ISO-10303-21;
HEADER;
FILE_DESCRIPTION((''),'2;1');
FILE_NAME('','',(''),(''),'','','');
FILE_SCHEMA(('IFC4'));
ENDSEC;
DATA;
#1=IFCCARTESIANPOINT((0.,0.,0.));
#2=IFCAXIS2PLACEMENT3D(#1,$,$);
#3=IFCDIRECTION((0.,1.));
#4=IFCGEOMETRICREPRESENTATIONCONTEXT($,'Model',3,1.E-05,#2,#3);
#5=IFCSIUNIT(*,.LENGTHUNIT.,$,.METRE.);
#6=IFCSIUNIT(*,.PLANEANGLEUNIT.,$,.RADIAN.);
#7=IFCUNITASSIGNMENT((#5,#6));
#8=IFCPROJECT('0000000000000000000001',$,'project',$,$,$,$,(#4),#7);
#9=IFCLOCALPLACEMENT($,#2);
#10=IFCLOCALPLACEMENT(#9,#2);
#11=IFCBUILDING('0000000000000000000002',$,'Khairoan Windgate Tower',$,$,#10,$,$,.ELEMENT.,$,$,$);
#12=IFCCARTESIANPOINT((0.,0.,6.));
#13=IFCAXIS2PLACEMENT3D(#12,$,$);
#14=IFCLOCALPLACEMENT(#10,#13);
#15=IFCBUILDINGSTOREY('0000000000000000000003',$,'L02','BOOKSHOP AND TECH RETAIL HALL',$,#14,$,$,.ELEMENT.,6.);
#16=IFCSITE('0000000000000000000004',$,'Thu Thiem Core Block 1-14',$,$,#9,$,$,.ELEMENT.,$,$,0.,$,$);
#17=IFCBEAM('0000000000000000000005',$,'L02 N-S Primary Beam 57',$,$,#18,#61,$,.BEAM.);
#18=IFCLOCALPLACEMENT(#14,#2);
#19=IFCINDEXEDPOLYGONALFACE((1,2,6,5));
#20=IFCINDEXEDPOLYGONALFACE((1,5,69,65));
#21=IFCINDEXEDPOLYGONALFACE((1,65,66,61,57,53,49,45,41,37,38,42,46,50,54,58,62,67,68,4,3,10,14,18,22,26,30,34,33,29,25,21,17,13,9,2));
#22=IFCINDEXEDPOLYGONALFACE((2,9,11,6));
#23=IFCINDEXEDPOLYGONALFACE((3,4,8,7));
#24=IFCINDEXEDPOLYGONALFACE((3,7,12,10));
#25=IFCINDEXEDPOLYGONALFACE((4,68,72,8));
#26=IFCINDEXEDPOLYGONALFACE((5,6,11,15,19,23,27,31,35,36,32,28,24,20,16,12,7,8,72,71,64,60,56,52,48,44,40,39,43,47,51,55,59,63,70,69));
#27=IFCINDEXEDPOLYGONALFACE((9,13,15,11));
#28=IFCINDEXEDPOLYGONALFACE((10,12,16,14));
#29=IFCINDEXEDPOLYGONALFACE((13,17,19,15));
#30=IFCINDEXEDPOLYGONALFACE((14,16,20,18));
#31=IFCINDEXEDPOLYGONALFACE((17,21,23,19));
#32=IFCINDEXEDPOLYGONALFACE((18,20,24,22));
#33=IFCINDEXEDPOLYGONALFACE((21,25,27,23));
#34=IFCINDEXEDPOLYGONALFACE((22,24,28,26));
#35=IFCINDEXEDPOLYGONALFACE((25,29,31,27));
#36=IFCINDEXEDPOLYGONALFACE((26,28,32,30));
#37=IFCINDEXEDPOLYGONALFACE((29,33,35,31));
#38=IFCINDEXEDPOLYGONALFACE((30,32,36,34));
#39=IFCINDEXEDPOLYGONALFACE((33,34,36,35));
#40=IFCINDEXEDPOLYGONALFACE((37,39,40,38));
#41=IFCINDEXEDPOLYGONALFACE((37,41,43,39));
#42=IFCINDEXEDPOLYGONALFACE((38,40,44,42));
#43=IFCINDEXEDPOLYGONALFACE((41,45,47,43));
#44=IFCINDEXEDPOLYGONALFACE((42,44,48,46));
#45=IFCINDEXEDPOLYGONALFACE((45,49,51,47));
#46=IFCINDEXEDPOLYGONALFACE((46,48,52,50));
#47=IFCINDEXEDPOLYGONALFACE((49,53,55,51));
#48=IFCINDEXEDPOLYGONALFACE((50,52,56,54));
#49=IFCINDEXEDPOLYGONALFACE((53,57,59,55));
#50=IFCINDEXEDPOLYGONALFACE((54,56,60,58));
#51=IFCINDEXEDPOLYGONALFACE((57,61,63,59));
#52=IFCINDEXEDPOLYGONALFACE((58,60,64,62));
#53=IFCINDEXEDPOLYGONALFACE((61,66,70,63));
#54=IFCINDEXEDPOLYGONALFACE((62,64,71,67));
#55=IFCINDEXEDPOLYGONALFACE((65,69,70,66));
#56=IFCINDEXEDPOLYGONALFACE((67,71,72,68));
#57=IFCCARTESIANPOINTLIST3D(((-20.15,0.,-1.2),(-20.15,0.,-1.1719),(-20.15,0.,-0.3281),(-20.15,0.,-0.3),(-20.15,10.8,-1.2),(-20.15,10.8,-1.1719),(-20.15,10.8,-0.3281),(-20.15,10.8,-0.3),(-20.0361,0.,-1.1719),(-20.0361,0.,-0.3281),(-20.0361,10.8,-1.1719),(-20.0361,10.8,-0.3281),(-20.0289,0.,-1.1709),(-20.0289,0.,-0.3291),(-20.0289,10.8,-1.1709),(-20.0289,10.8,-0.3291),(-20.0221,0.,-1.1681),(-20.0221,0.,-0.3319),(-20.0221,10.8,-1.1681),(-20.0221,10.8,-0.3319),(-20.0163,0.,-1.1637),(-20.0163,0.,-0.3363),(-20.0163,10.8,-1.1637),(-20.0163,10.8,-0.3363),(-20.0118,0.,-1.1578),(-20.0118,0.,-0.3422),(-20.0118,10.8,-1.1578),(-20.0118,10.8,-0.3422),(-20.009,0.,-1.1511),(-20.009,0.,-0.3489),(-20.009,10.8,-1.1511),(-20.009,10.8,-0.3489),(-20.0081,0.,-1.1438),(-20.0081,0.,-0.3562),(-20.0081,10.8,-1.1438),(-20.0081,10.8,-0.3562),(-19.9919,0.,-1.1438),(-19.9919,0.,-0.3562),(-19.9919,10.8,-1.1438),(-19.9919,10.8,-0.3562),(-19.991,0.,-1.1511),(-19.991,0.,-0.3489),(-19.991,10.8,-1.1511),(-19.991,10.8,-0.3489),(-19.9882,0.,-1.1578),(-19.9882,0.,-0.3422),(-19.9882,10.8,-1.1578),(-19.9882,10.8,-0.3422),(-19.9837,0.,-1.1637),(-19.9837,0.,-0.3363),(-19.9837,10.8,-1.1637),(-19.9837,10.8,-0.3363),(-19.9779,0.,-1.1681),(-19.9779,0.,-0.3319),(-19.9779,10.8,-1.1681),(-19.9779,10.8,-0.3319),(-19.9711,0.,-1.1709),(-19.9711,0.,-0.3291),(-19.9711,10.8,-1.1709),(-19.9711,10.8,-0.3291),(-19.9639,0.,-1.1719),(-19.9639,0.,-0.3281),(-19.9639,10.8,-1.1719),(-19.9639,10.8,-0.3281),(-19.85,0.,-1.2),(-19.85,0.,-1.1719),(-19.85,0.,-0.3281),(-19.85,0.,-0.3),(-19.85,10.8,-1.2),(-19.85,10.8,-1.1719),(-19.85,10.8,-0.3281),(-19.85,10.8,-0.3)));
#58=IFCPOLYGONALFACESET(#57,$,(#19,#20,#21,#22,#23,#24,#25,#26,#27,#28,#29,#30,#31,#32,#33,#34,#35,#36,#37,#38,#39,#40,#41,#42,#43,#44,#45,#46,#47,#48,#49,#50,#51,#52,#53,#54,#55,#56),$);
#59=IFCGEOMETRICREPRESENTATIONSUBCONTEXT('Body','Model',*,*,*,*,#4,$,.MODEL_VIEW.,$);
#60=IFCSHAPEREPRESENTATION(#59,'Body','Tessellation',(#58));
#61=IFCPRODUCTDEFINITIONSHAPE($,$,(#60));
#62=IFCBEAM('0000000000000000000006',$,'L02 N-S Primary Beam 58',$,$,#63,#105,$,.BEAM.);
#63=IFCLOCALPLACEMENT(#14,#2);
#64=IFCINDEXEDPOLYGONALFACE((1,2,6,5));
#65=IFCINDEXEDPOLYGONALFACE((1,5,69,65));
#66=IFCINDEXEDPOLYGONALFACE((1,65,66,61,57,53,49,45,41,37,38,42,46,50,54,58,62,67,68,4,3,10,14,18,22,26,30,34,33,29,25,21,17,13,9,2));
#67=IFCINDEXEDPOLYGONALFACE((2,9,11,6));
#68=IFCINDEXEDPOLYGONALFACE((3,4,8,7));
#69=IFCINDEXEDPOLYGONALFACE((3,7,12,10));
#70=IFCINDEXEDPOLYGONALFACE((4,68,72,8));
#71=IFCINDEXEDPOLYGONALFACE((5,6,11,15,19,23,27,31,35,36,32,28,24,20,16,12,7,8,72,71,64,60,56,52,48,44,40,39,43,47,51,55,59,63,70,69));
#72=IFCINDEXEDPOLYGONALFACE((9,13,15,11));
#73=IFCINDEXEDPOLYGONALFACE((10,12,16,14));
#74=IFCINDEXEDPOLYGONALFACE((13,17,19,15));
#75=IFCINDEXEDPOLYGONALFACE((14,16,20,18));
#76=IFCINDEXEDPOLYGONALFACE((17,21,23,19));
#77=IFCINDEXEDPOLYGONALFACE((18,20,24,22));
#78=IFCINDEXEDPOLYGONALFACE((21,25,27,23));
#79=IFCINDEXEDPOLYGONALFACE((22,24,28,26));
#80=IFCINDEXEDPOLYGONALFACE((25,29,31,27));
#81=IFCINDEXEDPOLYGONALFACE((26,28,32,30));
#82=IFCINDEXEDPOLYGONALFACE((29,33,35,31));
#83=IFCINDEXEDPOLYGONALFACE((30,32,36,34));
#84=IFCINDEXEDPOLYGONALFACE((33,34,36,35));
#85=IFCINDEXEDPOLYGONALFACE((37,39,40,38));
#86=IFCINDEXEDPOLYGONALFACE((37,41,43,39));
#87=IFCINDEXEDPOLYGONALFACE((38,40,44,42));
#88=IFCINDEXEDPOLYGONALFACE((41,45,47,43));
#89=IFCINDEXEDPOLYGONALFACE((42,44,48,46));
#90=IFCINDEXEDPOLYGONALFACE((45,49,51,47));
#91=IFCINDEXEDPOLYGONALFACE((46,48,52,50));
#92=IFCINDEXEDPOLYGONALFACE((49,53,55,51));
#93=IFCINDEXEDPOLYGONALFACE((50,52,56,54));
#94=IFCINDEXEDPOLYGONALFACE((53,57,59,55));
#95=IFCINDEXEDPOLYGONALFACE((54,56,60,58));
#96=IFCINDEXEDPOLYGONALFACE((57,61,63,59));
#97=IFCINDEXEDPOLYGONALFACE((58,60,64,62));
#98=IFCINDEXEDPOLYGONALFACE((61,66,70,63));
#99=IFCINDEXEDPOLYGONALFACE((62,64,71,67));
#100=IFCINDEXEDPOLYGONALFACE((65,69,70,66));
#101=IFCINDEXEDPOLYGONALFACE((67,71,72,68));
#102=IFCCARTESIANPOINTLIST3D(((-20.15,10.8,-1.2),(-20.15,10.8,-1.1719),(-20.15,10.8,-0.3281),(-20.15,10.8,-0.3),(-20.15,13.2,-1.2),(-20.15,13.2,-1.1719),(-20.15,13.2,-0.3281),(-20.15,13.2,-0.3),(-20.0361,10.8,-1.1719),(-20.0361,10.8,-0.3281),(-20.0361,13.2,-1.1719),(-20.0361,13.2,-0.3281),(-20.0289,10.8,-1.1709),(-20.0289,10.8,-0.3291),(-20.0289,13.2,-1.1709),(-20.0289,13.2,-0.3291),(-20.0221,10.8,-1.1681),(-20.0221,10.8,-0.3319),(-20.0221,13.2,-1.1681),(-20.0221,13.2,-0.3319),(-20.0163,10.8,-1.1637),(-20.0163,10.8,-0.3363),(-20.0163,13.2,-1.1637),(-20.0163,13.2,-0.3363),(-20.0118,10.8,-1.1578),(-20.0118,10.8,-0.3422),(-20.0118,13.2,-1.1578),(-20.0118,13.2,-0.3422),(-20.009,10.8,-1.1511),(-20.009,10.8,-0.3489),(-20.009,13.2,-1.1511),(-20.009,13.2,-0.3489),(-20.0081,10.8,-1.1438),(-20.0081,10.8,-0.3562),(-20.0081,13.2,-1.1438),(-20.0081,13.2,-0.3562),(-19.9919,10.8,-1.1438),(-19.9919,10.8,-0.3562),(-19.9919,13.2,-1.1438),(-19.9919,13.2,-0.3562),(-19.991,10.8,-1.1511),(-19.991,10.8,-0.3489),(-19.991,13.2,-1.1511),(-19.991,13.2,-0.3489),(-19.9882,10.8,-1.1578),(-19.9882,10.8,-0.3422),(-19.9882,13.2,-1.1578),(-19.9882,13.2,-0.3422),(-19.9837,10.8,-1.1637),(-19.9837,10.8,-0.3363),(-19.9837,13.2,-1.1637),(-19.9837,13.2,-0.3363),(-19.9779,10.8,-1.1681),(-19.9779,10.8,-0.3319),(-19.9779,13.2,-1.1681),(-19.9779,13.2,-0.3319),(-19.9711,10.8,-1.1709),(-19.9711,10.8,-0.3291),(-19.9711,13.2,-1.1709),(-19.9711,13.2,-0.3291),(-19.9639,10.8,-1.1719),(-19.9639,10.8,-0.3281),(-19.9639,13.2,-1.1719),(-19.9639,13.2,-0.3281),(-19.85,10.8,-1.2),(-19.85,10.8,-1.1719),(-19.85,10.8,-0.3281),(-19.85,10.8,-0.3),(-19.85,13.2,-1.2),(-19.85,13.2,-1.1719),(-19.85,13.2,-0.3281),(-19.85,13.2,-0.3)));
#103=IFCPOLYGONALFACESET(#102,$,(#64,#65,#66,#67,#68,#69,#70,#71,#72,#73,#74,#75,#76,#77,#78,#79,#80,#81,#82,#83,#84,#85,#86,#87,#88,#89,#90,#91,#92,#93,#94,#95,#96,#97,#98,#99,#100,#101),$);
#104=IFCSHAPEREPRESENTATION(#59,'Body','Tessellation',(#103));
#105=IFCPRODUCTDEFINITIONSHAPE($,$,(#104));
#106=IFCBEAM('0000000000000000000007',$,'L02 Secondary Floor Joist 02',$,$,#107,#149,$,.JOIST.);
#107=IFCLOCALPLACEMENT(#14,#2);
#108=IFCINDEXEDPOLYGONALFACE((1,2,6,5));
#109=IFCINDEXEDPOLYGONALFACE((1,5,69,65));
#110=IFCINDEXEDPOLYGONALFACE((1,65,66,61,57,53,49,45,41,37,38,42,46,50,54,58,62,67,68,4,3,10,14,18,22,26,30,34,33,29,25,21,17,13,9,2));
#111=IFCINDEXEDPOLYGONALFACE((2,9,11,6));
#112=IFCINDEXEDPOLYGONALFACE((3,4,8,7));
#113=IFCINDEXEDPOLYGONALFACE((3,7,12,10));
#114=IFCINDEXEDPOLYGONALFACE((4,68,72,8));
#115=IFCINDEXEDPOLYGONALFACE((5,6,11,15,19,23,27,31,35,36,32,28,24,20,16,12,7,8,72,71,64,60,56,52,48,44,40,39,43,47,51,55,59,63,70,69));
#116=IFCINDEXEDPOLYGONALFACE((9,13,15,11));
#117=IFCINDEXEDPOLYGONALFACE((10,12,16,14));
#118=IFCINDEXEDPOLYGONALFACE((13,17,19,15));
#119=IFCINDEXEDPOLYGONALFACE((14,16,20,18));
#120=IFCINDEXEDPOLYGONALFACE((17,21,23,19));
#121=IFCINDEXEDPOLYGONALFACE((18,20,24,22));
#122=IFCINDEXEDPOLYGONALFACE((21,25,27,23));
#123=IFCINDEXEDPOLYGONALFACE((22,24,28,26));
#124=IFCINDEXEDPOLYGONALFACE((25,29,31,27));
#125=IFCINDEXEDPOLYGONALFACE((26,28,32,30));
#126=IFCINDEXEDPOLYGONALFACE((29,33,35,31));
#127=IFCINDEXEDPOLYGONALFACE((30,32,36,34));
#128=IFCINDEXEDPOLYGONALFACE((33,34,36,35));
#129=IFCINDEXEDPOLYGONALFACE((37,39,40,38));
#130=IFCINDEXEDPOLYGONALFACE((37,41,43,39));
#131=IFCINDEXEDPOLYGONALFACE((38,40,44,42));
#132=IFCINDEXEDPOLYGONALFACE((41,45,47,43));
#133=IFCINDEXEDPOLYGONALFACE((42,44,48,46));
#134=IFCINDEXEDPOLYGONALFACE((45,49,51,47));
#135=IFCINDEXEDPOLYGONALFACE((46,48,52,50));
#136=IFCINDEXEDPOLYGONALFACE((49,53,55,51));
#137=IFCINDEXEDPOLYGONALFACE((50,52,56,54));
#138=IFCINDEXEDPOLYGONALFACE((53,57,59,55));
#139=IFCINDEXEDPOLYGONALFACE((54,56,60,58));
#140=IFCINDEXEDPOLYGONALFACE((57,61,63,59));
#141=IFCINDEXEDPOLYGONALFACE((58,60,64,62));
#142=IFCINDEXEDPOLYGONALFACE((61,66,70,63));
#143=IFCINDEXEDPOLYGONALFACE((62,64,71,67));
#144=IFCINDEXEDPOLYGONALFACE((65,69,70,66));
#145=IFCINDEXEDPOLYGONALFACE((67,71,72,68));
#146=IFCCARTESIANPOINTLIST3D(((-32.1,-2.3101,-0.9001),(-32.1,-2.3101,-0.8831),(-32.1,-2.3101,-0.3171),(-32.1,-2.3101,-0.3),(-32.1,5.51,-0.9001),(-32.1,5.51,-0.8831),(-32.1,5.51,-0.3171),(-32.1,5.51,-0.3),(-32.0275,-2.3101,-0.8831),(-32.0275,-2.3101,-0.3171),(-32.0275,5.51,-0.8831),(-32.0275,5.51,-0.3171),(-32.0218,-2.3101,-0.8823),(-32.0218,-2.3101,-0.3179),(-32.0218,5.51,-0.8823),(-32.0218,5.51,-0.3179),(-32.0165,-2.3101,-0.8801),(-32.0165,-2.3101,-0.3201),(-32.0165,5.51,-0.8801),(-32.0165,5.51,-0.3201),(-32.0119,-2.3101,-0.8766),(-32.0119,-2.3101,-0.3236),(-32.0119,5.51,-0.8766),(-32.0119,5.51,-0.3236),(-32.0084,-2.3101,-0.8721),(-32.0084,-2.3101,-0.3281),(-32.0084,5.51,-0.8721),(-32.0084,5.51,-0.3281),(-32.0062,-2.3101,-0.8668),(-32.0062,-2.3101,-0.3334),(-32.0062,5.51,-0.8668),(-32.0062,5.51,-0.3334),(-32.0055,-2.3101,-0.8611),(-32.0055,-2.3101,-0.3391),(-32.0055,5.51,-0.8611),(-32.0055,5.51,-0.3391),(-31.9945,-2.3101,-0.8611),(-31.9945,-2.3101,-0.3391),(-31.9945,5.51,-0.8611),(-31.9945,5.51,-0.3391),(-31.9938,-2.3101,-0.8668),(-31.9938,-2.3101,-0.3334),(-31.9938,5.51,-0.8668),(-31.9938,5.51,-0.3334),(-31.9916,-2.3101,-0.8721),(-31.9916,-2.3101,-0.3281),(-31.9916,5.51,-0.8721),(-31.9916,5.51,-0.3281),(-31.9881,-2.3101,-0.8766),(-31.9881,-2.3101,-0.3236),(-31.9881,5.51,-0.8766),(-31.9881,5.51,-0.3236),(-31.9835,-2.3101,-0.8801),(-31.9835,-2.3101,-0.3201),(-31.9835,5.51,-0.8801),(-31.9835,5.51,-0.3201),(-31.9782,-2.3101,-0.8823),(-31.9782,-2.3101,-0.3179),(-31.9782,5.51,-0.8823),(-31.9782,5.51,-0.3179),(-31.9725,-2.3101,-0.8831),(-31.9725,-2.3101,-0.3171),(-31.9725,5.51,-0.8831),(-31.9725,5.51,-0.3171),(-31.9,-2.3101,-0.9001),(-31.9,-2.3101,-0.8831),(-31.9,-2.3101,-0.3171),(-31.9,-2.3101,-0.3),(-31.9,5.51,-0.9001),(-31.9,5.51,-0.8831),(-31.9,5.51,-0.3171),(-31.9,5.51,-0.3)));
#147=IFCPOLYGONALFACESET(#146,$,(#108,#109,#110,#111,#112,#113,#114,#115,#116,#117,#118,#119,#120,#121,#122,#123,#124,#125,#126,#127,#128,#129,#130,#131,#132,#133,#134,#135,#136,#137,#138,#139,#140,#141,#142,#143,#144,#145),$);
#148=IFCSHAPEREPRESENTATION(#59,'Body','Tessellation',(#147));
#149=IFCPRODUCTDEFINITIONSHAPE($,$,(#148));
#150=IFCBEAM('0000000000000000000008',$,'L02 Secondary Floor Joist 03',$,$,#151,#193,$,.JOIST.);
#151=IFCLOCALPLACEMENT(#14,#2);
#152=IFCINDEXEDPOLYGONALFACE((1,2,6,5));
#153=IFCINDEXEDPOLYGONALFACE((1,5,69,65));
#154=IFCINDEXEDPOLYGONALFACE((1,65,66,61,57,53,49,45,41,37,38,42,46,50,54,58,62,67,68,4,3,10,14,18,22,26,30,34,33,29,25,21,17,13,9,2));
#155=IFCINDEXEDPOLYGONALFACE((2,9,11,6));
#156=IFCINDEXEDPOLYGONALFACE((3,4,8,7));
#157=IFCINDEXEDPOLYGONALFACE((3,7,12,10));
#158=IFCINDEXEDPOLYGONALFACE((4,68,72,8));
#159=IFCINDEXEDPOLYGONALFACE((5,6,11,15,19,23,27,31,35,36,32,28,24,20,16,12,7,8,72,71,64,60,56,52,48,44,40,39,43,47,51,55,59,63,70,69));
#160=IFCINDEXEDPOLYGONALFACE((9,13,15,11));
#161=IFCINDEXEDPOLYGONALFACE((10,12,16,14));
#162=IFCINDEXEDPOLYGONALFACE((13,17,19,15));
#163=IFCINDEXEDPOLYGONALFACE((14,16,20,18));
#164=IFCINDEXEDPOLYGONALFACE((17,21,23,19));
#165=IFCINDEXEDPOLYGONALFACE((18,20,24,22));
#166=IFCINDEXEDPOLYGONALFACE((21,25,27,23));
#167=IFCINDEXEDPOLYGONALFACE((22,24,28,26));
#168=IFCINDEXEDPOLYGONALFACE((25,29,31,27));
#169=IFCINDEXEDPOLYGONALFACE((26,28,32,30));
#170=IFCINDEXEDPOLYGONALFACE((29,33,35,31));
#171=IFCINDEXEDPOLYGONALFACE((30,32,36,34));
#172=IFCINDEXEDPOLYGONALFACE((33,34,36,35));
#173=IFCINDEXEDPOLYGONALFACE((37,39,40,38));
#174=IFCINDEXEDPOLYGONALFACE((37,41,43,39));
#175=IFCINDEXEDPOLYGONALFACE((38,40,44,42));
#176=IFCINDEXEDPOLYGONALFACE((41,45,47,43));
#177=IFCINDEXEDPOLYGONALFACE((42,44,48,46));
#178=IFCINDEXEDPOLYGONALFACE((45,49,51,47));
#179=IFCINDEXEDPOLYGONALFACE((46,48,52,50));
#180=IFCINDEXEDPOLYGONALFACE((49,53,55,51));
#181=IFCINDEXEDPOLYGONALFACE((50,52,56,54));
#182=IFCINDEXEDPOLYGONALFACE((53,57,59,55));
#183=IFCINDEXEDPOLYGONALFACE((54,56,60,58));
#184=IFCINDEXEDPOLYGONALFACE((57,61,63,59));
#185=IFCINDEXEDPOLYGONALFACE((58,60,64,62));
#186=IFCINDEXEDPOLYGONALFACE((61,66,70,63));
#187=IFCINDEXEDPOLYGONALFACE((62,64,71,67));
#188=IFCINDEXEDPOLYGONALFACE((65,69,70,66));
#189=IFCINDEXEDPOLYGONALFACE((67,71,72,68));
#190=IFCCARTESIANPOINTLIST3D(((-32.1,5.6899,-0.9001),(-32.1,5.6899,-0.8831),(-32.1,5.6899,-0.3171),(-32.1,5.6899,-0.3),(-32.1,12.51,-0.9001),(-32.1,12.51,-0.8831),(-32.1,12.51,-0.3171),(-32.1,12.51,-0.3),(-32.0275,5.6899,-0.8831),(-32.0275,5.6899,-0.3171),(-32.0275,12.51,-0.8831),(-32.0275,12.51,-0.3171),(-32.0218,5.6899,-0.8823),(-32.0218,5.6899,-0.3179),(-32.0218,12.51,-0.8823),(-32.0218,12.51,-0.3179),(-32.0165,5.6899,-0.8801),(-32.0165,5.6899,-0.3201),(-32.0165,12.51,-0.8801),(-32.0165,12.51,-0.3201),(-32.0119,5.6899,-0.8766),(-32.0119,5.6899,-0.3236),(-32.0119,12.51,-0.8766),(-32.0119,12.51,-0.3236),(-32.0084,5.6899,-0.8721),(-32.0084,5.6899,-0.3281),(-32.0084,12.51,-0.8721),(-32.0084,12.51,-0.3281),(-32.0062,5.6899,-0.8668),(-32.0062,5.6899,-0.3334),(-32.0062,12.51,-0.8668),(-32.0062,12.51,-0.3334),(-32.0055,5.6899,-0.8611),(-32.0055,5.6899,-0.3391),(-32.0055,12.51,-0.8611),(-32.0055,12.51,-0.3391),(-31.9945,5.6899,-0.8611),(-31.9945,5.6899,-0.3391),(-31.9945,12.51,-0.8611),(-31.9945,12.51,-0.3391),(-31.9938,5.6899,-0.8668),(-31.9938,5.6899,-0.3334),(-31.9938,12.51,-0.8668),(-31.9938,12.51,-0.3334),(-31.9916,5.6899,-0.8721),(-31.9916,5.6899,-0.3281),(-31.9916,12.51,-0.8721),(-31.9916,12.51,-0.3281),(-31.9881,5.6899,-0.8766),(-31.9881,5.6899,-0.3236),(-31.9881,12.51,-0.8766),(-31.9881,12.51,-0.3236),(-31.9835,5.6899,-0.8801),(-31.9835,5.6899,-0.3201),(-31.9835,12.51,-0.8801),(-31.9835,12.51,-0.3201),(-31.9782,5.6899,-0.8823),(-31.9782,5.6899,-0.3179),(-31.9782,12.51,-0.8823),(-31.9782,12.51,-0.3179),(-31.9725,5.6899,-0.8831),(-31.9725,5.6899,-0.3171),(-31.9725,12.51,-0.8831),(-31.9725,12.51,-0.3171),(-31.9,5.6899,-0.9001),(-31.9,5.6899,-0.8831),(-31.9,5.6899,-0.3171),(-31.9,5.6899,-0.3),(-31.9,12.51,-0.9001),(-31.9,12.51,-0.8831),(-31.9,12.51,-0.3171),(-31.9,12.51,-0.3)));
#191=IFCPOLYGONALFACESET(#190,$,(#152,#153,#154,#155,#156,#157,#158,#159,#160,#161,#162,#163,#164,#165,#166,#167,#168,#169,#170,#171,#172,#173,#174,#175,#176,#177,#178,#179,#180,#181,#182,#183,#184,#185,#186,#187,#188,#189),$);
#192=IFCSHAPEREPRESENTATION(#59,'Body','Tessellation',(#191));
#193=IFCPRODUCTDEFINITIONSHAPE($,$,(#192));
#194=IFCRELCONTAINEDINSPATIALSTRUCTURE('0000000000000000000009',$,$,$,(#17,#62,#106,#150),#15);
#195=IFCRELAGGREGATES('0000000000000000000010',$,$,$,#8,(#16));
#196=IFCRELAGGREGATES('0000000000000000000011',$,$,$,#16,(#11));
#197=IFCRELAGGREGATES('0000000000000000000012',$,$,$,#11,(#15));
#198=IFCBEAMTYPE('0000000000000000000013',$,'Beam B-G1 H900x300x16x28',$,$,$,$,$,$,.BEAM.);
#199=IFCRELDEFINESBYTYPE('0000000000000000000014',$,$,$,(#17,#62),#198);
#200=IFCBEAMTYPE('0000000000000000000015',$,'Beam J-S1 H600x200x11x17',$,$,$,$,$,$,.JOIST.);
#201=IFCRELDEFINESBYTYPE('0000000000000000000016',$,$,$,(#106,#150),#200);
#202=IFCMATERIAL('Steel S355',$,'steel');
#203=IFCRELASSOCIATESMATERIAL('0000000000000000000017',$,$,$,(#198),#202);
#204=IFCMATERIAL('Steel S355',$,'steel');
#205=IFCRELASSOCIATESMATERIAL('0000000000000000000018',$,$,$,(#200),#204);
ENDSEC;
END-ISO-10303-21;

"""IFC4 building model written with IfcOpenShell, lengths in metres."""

from ifc_helpers import new_model, si_unit, direction, frame, origin, origin_2d, place, context, subcontext, project, spatial, i_section, extrude, material, material_profile, profile_set, type_object, element, save


model = new_model("IFC4")

# Units and contexts
model_context = context("Model", 3, precision=1e-05, world=origin(), true_north=direction((0.0, 1.0)))
body_context = subcontext(model_context, "Body", "Model", "MODEL_VIEW")
ifc_project = project(units=[si_unit("LENGTHUNIT", "METRE"), si_unit("PLANEANGLEUNIT", "RADIAN")], contexts=[model_context])

# Site, building, storey
site_placement = place(None, origin())
site = spatial("IfcSite", under=ifc_project, at=site_placement, Name="Thu Thiem Core Block 1-14", CompositionType="ELEMENT", RefElevation=0.0)
building_placement = place(site_placement, origin())
building = spatial("IfcBuilding", under=site, at=building_placement, Name="Khairoan Windgate Tower", CompositionType="ELEMENT")
storey_placement = place(building_placement, frame((0.0, 0.0, 6.0)))
storey = spatial("IfcBuildingStorey", under=building, at=storey_placement, Name="L02", Description="BOOKSHOP AND TECH RETAIL HALL", CompositionType="ELEMENT", Elevation=6.0)

# Beams
ifc_material_1 = material(Name="Steel S355", Category="steel")
ifc_material_profile_1 = material_profile(ifc_material_1, i_section(OverallWidth=0.3, OverallDepth=0.8999, WebThickness=0.0161, FlangeThickness=0.0281, FilletRadius=0.0281, at=origin_2d()))
ifc_profile_set_1 = profile_set([ifc_material_profile_1], Name="Steel S355")
beam_type_1 = type_object("IfcBeamType", Name="Beam B-G1 H900x300x16x28", PredefinedType="BEAM", material=ifc_profile_set_1)
beam_1_placement = place(storey_placement, frame((-20.0, 0.0, -0.75), z_axis=(0.0, 1.0, 0.0), x_axis=(-1.0, 0.0, 0.0)))
element("IfcBeam", 1, at=beam_1_placement, inside=storey, type_object=beam_type_1, Name="L02 N-S Primary Beam 57", PredefinedType="BEAM", context=body_context, shape_type="SweptSolid", body=[
    extrude(i_section(OverallWidth=0.3, OverallDepth=0.8999, WebThickness=0.0161, FlangeThickness=0.0281, FilletRadius=0.0281, at=origin_2d()), origin(), (0.0, 0.0, 1.0), 10.8),
])
beam_2_placement = place(storey_placement, frame((-20.0, 10.8, -0.75), z_axis=(0.0, 1.0, 0.0), x_axis=(-1.0, 0.0, 0.0)))
element("IfcBeam", 2, at=beam_2_placement, inside=storey, type_object=beam_type_1, Name="L02 N-S Primary Beam 58", PredefinedType="BEAM", context=body_context, shape_type="SweptSolid", body=[
    extrude(i_section(OverallWidth=0.3, OverallDepth=0.8999, WebThickness=0.0161, FlangeThickness=0.0281, FilletRadius=0.0281, at=origin_2d()), origin(), (0.0, 0.0, 1.0), 2.3999),
])
ifc_material_2 = material(Name="Steel S355", Category="steel")
ifc_material_profile_2 = material_profile(ifc_material_2, i_section(OverallWidth=0.2, OverallDepth=0.6001, WebThickness=0.011, FlangeThickness=0.0171, FilletRadius=0.022, at=origin_2d()))
ifc_profile_set_2 = profile_set([ifc_material_profile_2], Name="Steel S355")
beam_type_2 = type_object("IfcBeamType", Name="Beam J-S1 H600x200x11x17", PredefinedType="JOIST", material=ifc_profile_set_2)
beam_3_placement = place(storey_placement, frame((-32.0, -2.3101, -0.6001), z_axis=(0.0, 1.0, 0.0), x_axis=(-1.0, 0.0, 0.0)))
element("IfcBeam", 3, at=beam_3_placement, inside=storey, type_object=beam_type_2, Name="L02 Secondary Floor Joist 02", PredefinedType="JOIST", context=body_context, shape_type="SweptSolid", body=[
    extrude(i_section(OverallWidth=0.2, OverallDepth=0.6001, WebThickness=0.011, FlangeThickness=0.0171, FilletRadius=0.022, at=origin_2d()), origin(), (0.0, 0.0, 1.0), 7.8201),
])
beam_4_placement = place(storey_placement, frame((-32.0, 5.6899, -0.6001), z_axis=(0.0, 1.0, 0.0), x_axis=(-1.0, 0.0, 0.0)))
element("IfcBeam", 4, at=beam_4_placement, inside=storey, type_object=beam_type_2, Name="L02 Secondary Floor Joist 03", PredefinedType="JOIST", context=body_context, shape_type="SweptSolid", body=[
    extrude(i_section(OverallWidth=0.2, OverallDepth=0.6001, WebThickness=0.011, FlangeThickness=0.0171, FilletRadius=0.022, at=origin_2d()), origin(), (0.0, 0.0, 1.0), 6.8201),
])

save(model, "model.ifc")
